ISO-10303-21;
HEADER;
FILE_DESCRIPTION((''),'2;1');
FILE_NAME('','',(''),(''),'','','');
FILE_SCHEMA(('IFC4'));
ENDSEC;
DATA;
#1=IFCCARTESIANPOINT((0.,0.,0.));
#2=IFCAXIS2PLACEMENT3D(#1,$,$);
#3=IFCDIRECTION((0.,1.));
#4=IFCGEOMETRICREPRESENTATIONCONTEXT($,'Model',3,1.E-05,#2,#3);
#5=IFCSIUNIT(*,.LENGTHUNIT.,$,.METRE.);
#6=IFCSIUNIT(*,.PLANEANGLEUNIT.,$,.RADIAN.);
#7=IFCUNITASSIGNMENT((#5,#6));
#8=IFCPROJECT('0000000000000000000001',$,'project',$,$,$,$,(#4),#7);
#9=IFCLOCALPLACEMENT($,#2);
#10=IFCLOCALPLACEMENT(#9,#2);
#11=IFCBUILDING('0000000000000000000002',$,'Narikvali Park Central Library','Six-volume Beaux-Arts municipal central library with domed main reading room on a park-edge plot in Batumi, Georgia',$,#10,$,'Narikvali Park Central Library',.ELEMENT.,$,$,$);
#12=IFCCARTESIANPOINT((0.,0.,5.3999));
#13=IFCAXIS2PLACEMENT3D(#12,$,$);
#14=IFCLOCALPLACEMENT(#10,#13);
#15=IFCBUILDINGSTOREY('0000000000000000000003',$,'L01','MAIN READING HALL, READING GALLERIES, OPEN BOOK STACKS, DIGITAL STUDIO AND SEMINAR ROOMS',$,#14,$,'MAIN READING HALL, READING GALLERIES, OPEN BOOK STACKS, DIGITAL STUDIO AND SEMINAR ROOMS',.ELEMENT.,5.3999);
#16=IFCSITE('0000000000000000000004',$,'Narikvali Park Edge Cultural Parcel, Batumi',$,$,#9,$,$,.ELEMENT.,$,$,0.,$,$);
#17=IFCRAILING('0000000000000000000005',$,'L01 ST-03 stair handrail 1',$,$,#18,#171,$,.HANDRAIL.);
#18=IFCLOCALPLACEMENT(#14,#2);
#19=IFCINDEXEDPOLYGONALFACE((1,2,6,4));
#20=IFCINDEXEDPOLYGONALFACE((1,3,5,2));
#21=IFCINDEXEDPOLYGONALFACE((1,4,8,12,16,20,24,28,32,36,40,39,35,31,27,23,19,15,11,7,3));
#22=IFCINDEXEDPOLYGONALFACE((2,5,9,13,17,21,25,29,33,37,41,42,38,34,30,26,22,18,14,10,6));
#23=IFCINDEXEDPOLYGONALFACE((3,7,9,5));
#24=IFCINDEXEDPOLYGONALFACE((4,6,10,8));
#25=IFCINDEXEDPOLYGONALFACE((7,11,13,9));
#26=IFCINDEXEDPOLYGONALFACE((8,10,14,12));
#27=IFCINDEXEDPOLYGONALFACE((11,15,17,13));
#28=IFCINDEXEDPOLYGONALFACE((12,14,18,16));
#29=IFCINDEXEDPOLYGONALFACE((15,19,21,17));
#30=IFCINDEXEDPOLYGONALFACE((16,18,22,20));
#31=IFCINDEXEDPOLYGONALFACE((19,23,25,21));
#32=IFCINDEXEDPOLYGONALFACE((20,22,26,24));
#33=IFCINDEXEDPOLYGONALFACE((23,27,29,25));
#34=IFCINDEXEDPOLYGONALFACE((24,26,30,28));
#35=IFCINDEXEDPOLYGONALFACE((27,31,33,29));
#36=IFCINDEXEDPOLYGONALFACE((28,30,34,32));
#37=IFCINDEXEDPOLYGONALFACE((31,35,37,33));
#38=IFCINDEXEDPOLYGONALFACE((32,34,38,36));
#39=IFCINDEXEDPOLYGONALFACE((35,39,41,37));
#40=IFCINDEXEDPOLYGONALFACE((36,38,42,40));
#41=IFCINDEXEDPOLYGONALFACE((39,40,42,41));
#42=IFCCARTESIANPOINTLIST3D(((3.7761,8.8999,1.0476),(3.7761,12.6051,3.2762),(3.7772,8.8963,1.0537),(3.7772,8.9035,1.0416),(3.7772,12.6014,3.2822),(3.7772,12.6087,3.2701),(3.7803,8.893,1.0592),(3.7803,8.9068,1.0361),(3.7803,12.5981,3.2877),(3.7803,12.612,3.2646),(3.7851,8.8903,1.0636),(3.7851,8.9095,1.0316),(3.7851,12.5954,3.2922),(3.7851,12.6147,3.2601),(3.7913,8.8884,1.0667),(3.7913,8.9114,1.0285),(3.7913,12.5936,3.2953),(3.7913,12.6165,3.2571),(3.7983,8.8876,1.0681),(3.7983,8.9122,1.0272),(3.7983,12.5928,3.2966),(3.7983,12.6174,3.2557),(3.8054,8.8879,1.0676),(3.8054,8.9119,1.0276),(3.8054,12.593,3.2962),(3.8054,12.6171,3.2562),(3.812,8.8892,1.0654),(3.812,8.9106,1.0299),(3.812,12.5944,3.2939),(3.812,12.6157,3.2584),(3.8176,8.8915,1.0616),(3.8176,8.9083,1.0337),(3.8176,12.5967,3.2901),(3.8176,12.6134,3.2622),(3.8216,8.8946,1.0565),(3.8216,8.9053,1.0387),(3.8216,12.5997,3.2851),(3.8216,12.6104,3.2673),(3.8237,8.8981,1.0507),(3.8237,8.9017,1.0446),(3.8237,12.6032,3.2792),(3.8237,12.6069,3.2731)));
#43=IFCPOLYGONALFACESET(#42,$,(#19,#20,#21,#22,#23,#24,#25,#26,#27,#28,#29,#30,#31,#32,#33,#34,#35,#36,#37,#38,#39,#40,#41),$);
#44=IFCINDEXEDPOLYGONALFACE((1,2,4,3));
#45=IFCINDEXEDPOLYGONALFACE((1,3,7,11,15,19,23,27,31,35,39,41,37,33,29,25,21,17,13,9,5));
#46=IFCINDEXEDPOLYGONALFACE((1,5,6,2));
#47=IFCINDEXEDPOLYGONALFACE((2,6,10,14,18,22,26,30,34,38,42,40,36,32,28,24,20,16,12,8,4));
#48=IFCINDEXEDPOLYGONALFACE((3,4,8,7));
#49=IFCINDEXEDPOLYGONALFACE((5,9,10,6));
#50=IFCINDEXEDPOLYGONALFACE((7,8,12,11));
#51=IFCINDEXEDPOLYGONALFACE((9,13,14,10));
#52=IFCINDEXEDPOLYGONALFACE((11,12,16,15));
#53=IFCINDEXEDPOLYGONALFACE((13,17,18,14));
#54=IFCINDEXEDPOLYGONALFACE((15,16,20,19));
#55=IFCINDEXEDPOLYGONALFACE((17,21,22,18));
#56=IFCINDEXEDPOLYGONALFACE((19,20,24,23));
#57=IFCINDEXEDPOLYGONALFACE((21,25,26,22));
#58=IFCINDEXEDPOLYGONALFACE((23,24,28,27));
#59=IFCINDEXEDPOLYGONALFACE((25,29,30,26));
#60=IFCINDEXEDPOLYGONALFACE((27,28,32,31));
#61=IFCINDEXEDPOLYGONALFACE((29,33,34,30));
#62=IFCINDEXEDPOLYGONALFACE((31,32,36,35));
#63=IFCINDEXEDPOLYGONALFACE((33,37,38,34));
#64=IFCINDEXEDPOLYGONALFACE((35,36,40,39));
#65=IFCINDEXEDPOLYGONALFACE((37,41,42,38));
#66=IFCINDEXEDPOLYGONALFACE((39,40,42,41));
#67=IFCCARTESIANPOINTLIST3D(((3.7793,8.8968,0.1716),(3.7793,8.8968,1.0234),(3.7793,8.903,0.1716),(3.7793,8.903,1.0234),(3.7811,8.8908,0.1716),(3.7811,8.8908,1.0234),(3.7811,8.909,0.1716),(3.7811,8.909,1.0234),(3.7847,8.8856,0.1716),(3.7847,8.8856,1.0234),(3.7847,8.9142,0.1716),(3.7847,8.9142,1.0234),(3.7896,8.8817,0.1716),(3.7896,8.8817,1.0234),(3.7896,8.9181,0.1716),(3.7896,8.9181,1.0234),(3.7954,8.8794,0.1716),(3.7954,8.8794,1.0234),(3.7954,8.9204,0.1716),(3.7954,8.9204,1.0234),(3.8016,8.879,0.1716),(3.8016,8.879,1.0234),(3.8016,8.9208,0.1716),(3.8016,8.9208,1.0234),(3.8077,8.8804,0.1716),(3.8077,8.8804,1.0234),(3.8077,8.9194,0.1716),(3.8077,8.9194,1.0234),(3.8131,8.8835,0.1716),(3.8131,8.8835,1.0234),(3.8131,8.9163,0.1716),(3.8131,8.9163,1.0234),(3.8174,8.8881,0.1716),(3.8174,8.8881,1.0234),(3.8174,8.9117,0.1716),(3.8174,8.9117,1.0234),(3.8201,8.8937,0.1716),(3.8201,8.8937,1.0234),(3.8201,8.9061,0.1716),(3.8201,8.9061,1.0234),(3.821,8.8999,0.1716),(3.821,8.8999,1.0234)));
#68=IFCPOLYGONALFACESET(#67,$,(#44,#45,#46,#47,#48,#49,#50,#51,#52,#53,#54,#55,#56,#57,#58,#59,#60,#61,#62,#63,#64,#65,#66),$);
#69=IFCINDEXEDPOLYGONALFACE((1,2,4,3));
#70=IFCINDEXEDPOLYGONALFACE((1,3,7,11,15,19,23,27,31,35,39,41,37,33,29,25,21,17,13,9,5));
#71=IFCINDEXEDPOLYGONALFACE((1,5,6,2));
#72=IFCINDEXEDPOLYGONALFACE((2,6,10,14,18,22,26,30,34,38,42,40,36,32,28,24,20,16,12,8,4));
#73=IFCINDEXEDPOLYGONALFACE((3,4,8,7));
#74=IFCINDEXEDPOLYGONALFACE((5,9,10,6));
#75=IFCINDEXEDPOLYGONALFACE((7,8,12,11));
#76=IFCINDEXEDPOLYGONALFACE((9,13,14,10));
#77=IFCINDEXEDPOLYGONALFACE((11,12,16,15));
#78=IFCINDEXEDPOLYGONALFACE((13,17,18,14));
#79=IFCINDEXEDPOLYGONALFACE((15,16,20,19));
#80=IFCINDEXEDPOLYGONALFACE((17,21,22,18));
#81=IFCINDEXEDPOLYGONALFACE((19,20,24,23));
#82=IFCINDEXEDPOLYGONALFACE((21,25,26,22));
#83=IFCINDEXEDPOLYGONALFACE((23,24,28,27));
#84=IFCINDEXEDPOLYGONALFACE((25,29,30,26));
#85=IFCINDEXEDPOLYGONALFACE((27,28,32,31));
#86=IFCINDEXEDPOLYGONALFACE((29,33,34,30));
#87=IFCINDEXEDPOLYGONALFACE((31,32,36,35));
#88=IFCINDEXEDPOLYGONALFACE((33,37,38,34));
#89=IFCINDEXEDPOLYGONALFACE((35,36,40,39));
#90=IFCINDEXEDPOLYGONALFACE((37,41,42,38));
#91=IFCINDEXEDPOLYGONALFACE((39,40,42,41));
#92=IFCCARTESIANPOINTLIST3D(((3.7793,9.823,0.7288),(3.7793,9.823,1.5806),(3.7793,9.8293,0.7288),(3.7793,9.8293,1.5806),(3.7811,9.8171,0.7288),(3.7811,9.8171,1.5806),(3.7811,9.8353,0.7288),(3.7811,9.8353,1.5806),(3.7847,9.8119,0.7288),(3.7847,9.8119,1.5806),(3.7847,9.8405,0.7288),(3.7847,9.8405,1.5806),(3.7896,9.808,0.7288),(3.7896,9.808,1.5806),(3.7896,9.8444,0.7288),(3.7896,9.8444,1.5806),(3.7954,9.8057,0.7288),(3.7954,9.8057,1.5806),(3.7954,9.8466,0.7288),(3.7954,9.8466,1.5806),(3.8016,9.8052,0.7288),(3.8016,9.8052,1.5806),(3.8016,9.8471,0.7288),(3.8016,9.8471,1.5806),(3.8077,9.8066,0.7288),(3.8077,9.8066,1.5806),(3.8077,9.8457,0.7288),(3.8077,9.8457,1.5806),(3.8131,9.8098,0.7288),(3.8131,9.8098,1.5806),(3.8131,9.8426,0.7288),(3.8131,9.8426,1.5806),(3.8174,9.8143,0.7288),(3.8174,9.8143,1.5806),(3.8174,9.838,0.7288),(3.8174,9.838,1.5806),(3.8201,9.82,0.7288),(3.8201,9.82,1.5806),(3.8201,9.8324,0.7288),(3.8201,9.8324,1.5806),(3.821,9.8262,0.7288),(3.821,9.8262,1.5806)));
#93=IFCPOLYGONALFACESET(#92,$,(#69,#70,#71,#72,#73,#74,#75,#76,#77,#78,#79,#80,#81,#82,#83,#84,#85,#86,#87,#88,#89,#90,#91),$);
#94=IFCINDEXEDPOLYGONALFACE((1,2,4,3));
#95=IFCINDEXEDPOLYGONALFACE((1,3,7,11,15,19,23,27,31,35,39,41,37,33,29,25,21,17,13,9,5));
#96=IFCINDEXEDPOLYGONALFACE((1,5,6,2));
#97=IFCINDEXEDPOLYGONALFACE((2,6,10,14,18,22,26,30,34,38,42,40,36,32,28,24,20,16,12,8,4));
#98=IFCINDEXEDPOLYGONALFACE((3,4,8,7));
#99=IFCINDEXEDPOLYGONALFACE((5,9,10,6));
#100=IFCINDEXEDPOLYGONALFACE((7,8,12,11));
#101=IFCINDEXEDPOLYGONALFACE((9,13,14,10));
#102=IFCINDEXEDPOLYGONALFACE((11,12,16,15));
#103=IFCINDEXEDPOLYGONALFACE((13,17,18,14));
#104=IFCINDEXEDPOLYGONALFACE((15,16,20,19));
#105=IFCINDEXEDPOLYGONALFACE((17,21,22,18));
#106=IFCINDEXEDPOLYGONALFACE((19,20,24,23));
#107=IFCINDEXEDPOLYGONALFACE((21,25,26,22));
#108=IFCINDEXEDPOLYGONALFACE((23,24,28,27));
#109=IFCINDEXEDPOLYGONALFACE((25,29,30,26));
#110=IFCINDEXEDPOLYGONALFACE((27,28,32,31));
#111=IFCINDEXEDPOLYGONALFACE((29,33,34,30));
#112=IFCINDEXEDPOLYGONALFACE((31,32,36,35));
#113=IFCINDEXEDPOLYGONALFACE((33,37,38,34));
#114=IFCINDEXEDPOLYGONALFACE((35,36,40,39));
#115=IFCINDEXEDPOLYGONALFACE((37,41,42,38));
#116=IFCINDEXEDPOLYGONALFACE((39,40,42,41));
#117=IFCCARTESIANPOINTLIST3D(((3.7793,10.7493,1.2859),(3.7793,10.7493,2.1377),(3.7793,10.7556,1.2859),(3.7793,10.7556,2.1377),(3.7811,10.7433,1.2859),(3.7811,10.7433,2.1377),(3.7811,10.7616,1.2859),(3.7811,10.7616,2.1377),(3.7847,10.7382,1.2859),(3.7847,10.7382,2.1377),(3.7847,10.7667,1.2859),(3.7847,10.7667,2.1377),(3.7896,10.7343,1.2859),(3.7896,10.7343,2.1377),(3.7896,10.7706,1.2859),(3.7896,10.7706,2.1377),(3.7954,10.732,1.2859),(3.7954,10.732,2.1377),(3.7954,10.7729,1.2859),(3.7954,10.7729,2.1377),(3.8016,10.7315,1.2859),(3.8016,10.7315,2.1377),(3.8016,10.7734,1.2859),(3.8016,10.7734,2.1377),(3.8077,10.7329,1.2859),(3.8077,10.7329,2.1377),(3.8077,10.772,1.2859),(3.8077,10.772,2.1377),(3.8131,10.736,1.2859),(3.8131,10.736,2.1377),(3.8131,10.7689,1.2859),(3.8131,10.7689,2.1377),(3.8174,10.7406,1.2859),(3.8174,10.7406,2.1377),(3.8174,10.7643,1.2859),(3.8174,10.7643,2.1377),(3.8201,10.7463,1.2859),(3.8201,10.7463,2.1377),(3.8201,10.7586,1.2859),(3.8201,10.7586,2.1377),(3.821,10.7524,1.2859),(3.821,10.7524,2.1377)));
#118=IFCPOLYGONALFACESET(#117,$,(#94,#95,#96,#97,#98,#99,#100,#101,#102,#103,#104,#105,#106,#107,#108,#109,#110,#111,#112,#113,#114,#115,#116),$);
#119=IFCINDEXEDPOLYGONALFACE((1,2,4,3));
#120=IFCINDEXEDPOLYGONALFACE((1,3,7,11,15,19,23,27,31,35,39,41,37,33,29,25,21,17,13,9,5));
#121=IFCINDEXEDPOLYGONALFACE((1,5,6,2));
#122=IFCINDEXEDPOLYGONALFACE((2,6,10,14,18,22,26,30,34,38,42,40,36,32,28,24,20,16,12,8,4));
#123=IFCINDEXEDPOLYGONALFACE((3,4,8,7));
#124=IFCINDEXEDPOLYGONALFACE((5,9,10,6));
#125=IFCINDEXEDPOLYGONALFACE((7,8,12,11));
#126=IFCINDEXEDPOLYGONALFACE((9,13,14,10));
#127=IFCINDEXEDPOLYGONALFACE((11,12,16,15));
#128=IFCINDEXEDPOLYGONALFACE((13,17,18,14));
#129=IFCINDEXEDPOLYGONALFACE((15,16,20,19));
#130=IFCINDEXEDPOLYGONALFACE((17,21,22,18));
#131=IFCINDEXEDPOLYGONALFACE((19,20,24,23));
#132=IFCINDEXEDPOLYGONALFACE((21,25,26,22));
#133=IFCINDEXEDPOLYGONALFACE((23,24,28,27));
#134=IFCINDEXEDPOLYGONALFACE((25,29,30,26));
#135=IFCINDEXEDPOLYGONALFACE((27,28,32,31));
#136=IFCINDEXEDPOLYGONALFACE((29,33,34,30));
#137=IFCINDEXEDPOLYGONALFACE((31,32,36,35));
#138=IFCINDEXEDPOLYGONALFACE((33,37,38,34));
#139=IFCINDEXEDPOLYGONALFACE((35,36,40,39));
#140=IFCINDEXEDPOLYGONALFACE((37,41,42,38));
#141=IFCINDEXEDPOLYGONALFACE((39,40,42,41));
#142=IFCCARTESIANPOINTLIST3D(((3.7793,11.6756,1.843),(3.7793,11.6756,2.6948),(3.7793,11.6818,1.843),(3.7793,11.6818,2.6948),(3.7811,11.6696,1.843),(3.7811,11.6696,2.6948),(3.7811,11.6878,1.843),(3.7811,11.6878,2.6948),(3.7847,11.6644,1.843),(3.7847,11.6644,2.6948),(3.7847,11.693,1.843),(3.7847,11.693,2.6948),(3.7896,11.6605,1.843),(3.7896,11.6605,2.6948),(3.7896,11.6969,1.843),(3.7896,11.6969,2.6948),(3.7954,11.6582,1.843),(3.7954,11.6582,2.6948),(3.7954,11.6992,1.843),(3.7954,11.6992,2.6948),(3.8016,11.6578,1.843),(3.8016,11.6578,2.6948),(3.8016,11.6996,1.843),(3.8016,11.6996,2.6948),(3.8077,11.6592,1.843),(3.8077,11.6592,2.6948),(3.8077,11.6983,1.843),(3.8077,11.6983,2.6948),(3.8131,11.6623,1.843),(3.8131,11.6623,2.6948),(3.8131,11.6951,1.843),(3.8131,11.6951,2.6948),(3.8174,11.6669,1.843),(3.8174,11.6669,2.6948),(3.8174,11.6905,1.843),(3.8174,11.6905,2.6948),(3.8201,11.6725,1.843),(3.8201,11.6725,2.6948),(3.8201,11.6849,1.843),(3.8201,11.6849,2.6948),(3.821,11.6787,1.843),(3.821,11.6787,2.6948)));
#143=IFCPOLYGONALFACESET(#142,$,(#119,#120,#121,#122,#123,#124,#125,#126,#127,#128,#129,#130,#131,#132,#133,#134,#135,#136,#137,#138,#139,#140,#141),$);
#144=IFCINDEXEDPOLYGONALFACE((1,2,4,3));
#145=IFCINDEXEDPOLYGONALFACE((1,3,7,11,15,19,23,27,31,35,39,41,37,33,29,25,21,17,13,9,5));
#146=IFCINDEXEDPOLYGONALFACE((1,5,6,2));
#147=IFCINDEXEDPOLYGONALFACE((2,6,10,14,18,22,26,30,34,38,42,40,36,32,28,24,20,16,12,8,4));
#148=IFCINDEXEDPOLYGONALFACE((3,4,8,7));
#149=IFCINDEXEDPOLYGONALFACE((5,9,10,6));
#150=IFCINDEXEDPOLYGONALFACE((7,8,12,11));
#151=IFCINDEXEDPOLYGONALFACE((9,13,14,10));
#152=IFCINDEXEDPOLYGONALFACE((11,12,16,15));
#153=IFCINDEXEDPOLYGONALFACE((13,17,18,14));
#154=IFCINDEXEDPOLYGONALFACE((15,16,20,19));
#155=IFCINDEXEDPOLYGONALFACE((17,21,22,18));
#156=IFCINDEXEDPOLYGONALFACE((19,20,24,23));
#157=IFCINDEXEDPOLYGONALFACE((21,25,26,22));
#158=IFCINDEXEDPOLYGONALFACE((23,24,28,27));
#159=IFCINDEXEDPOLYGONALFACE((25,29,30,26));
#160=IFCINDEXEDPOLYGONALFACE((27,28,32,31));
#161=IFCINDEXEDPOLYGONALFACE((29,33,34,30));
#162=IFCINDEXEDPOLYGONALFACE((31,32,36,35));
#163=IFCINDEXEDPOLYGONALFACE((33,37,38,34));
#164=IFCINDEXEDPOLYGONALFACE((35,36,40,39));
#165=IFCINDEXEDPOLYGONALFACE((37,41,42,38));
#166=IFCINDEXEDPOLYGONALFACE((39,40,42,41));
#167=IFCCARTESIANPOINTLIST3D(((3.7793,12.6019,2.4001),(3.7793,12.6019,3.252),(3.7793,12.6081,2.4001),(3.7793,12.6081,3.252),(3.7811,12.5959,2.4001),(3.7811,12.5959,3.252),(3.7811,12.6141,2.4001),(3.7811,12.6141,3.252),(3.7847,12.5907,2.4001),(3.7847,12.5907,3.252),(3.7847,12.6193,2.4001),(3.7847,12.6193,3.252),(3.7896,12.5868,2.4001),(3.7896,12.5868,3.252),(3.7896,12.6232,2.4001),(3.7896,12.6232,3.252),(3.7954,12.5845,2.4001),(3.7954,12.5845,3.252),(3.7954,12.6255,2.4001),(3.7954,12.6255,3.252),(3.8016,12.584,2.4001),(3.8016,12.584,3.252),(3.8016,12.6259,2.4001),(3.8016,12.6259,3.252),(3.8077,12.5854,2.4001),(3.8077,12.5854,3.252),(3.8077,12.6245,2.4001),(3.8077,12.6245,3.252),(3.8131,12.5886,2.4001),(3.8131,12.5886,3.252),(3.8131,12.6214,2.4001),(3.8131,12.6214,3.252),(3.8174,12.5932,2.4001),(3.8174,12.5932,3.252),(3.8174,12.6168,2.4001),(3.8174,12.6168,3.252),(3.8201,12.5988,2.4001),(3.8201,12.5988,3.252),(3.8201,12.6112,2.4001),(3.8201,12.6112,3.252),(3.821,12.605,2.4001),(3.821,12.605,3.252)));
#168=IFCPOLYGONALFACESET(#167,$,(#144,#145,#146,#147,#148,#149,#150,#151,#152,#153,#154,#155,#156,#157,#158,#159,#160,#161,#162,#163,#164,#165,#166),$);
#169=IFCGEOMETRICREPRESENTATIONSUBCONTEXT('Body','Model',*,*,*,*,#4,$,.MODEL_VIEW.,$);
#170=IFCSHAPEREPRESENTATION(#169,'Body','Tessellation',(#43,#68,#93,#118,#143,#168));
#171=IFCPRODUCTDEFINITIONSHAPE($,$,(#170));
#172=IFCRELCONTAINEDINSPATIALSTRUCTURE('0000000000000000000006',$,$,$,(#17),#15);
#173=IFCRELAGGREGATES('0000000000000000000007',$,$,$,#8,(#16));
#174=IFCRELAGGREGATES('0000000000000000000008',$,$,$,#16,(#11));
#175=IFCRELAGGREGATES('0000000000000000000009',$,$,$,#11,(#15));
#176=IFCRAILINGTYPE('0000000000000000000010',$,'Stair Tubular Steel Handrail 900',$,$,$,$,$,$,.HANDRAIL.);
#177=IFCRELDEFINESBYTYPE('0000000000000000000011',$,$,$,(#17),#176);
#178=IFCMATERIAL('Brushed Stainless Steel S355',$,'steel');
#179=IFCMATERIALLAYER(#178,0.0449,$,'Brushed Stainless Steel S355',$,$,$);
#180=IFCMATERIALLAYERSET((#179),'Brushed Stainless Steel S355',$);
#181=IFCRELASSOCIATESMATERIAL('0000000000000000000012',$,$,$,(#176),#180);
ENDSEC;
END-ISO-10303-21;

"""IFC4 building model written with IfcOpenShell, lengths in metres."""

from ifc_helpers import new_model, si_unit, direction, frame, origin, origin_2d, place, context, subcontext, project, spatial, circle, extrude, material, layer, layer_set, type_object, element, save


model = new_model("IFC4")

# Units and contexts
model_context = context("Model", 3, precision=1e-05, world=origin(), true_north=direction((0.0, 1.0)))
body_context = subcontext(model_context, "Body", "Model", "MODEL_VIEW")
ifc_project = project(units=[si_unit("LENGTHUNIT", "METRE"), si_unit("PLANEANGLEUNIT", "RADIAN")], contexts=[model_context])

# Site, building, storey
site_placement = place(None, origin())
site = spatial("IfcSite", under=ifc_project, at=site_placement, Name="Narikvali Park Edge Cultural Parcel, Batumi", CompositionType="ELEMENT", RefElevation=0.0)
building_placement = place(site_placement, origin())
building = spatial("IfcBuilding", under=site, at=building_placement, Name="Narikvali Park Central Library", Description="Six-volume Beaux-Arts municipal central library with domed main reading room on a park-edge plot in Batumi, Georgia", LongName="Narikvali Park Central Library", CompositionType="ELEMENT")
storey_placement = place(building_placement, frame((0.0, 0.0, 5.3999)))
storey = spatial("IfcBuildingStorey", under=building, at=storey_placement, Name="L01", Description="MAIN READING HALL, READING GALLERIES, OPEN BOOK STACKS, DIGITAL STUDIO AND SEMINAR ROOMS", LongName="MAIN READING HALL, READING GALLERIES, OPEN BOOK STACKS, DIGITAL STUDIO AND SEMINAR ROOMS", CompositionType="ELEMENT", Elevation=5.3999)

# Shared definitions
ifc_material_1 = material(Name="Brushed Stainless Steel S355", Category="steel")

# Railing
ifc_layer_1 = layer(ifc_material_1, 0.0449, Name="Brushed Stainless Steel S355")
ifc_layer_set_1 = layer_set([ifc_layer_1], Name="Brushed Stainless Steel S355")
railing_type_1 = type_object("IfcRailingType", Name="Stair Tubular Steel Handrail 900", PredefinedType="HANDRAIL", material=ifc_layer_set_1)
railing_1_placement = place(storey_placement, frame((3.8, 8.8999, 0.1716)))
element("IfcRailing", 1, at=railing_1_placement, inside=storey, type_object=railing_type_1, Name="L01 ST-03 stair handrail 1", PredefinedType="HANDRAIL", context=body_context, shape_type="SweptSolid", body=[
    extrude(circle(Radius=0.0239, at=origin_2d()), frame((0.0, 0.0, 0.876), z_axis=(0.0, 0.856934, 0.515425), x_axis=(-1.0, 0.0, 0.0)), (0.0, 0.0, 1.0), 4.3237),
    extrude(circle(Radius=0.021, at=origin_2d()), origin(), (0.0, 0.0, 1.0), 0.8518),
    extrude(circle(Radius=0.021, at=origin_2d()), frame((0.0, 0.9263, 0.5571)), (0.0, 0.0, 1.0), 0.8518),
    extrude(circle(Radius=0.021, at=origin_2d()), frame((0.0, 1.8525, 1.1143)), (0.0, 0.0, 1.0), 0.8518),
    extrude(circle(Radius=0.021, at=origin_2d()), frame((0.0, 2.7788, 1.6714)), (0.0, 0.0, 1.0), 0.8518),
    extrude(circle(Radius=0.021, at=origin_2d()), frame((0.0, 3.7051, 2.2285)), (0.0, 0.0, 1.0), 0.8518),
])

save(model, "model.ifc")
